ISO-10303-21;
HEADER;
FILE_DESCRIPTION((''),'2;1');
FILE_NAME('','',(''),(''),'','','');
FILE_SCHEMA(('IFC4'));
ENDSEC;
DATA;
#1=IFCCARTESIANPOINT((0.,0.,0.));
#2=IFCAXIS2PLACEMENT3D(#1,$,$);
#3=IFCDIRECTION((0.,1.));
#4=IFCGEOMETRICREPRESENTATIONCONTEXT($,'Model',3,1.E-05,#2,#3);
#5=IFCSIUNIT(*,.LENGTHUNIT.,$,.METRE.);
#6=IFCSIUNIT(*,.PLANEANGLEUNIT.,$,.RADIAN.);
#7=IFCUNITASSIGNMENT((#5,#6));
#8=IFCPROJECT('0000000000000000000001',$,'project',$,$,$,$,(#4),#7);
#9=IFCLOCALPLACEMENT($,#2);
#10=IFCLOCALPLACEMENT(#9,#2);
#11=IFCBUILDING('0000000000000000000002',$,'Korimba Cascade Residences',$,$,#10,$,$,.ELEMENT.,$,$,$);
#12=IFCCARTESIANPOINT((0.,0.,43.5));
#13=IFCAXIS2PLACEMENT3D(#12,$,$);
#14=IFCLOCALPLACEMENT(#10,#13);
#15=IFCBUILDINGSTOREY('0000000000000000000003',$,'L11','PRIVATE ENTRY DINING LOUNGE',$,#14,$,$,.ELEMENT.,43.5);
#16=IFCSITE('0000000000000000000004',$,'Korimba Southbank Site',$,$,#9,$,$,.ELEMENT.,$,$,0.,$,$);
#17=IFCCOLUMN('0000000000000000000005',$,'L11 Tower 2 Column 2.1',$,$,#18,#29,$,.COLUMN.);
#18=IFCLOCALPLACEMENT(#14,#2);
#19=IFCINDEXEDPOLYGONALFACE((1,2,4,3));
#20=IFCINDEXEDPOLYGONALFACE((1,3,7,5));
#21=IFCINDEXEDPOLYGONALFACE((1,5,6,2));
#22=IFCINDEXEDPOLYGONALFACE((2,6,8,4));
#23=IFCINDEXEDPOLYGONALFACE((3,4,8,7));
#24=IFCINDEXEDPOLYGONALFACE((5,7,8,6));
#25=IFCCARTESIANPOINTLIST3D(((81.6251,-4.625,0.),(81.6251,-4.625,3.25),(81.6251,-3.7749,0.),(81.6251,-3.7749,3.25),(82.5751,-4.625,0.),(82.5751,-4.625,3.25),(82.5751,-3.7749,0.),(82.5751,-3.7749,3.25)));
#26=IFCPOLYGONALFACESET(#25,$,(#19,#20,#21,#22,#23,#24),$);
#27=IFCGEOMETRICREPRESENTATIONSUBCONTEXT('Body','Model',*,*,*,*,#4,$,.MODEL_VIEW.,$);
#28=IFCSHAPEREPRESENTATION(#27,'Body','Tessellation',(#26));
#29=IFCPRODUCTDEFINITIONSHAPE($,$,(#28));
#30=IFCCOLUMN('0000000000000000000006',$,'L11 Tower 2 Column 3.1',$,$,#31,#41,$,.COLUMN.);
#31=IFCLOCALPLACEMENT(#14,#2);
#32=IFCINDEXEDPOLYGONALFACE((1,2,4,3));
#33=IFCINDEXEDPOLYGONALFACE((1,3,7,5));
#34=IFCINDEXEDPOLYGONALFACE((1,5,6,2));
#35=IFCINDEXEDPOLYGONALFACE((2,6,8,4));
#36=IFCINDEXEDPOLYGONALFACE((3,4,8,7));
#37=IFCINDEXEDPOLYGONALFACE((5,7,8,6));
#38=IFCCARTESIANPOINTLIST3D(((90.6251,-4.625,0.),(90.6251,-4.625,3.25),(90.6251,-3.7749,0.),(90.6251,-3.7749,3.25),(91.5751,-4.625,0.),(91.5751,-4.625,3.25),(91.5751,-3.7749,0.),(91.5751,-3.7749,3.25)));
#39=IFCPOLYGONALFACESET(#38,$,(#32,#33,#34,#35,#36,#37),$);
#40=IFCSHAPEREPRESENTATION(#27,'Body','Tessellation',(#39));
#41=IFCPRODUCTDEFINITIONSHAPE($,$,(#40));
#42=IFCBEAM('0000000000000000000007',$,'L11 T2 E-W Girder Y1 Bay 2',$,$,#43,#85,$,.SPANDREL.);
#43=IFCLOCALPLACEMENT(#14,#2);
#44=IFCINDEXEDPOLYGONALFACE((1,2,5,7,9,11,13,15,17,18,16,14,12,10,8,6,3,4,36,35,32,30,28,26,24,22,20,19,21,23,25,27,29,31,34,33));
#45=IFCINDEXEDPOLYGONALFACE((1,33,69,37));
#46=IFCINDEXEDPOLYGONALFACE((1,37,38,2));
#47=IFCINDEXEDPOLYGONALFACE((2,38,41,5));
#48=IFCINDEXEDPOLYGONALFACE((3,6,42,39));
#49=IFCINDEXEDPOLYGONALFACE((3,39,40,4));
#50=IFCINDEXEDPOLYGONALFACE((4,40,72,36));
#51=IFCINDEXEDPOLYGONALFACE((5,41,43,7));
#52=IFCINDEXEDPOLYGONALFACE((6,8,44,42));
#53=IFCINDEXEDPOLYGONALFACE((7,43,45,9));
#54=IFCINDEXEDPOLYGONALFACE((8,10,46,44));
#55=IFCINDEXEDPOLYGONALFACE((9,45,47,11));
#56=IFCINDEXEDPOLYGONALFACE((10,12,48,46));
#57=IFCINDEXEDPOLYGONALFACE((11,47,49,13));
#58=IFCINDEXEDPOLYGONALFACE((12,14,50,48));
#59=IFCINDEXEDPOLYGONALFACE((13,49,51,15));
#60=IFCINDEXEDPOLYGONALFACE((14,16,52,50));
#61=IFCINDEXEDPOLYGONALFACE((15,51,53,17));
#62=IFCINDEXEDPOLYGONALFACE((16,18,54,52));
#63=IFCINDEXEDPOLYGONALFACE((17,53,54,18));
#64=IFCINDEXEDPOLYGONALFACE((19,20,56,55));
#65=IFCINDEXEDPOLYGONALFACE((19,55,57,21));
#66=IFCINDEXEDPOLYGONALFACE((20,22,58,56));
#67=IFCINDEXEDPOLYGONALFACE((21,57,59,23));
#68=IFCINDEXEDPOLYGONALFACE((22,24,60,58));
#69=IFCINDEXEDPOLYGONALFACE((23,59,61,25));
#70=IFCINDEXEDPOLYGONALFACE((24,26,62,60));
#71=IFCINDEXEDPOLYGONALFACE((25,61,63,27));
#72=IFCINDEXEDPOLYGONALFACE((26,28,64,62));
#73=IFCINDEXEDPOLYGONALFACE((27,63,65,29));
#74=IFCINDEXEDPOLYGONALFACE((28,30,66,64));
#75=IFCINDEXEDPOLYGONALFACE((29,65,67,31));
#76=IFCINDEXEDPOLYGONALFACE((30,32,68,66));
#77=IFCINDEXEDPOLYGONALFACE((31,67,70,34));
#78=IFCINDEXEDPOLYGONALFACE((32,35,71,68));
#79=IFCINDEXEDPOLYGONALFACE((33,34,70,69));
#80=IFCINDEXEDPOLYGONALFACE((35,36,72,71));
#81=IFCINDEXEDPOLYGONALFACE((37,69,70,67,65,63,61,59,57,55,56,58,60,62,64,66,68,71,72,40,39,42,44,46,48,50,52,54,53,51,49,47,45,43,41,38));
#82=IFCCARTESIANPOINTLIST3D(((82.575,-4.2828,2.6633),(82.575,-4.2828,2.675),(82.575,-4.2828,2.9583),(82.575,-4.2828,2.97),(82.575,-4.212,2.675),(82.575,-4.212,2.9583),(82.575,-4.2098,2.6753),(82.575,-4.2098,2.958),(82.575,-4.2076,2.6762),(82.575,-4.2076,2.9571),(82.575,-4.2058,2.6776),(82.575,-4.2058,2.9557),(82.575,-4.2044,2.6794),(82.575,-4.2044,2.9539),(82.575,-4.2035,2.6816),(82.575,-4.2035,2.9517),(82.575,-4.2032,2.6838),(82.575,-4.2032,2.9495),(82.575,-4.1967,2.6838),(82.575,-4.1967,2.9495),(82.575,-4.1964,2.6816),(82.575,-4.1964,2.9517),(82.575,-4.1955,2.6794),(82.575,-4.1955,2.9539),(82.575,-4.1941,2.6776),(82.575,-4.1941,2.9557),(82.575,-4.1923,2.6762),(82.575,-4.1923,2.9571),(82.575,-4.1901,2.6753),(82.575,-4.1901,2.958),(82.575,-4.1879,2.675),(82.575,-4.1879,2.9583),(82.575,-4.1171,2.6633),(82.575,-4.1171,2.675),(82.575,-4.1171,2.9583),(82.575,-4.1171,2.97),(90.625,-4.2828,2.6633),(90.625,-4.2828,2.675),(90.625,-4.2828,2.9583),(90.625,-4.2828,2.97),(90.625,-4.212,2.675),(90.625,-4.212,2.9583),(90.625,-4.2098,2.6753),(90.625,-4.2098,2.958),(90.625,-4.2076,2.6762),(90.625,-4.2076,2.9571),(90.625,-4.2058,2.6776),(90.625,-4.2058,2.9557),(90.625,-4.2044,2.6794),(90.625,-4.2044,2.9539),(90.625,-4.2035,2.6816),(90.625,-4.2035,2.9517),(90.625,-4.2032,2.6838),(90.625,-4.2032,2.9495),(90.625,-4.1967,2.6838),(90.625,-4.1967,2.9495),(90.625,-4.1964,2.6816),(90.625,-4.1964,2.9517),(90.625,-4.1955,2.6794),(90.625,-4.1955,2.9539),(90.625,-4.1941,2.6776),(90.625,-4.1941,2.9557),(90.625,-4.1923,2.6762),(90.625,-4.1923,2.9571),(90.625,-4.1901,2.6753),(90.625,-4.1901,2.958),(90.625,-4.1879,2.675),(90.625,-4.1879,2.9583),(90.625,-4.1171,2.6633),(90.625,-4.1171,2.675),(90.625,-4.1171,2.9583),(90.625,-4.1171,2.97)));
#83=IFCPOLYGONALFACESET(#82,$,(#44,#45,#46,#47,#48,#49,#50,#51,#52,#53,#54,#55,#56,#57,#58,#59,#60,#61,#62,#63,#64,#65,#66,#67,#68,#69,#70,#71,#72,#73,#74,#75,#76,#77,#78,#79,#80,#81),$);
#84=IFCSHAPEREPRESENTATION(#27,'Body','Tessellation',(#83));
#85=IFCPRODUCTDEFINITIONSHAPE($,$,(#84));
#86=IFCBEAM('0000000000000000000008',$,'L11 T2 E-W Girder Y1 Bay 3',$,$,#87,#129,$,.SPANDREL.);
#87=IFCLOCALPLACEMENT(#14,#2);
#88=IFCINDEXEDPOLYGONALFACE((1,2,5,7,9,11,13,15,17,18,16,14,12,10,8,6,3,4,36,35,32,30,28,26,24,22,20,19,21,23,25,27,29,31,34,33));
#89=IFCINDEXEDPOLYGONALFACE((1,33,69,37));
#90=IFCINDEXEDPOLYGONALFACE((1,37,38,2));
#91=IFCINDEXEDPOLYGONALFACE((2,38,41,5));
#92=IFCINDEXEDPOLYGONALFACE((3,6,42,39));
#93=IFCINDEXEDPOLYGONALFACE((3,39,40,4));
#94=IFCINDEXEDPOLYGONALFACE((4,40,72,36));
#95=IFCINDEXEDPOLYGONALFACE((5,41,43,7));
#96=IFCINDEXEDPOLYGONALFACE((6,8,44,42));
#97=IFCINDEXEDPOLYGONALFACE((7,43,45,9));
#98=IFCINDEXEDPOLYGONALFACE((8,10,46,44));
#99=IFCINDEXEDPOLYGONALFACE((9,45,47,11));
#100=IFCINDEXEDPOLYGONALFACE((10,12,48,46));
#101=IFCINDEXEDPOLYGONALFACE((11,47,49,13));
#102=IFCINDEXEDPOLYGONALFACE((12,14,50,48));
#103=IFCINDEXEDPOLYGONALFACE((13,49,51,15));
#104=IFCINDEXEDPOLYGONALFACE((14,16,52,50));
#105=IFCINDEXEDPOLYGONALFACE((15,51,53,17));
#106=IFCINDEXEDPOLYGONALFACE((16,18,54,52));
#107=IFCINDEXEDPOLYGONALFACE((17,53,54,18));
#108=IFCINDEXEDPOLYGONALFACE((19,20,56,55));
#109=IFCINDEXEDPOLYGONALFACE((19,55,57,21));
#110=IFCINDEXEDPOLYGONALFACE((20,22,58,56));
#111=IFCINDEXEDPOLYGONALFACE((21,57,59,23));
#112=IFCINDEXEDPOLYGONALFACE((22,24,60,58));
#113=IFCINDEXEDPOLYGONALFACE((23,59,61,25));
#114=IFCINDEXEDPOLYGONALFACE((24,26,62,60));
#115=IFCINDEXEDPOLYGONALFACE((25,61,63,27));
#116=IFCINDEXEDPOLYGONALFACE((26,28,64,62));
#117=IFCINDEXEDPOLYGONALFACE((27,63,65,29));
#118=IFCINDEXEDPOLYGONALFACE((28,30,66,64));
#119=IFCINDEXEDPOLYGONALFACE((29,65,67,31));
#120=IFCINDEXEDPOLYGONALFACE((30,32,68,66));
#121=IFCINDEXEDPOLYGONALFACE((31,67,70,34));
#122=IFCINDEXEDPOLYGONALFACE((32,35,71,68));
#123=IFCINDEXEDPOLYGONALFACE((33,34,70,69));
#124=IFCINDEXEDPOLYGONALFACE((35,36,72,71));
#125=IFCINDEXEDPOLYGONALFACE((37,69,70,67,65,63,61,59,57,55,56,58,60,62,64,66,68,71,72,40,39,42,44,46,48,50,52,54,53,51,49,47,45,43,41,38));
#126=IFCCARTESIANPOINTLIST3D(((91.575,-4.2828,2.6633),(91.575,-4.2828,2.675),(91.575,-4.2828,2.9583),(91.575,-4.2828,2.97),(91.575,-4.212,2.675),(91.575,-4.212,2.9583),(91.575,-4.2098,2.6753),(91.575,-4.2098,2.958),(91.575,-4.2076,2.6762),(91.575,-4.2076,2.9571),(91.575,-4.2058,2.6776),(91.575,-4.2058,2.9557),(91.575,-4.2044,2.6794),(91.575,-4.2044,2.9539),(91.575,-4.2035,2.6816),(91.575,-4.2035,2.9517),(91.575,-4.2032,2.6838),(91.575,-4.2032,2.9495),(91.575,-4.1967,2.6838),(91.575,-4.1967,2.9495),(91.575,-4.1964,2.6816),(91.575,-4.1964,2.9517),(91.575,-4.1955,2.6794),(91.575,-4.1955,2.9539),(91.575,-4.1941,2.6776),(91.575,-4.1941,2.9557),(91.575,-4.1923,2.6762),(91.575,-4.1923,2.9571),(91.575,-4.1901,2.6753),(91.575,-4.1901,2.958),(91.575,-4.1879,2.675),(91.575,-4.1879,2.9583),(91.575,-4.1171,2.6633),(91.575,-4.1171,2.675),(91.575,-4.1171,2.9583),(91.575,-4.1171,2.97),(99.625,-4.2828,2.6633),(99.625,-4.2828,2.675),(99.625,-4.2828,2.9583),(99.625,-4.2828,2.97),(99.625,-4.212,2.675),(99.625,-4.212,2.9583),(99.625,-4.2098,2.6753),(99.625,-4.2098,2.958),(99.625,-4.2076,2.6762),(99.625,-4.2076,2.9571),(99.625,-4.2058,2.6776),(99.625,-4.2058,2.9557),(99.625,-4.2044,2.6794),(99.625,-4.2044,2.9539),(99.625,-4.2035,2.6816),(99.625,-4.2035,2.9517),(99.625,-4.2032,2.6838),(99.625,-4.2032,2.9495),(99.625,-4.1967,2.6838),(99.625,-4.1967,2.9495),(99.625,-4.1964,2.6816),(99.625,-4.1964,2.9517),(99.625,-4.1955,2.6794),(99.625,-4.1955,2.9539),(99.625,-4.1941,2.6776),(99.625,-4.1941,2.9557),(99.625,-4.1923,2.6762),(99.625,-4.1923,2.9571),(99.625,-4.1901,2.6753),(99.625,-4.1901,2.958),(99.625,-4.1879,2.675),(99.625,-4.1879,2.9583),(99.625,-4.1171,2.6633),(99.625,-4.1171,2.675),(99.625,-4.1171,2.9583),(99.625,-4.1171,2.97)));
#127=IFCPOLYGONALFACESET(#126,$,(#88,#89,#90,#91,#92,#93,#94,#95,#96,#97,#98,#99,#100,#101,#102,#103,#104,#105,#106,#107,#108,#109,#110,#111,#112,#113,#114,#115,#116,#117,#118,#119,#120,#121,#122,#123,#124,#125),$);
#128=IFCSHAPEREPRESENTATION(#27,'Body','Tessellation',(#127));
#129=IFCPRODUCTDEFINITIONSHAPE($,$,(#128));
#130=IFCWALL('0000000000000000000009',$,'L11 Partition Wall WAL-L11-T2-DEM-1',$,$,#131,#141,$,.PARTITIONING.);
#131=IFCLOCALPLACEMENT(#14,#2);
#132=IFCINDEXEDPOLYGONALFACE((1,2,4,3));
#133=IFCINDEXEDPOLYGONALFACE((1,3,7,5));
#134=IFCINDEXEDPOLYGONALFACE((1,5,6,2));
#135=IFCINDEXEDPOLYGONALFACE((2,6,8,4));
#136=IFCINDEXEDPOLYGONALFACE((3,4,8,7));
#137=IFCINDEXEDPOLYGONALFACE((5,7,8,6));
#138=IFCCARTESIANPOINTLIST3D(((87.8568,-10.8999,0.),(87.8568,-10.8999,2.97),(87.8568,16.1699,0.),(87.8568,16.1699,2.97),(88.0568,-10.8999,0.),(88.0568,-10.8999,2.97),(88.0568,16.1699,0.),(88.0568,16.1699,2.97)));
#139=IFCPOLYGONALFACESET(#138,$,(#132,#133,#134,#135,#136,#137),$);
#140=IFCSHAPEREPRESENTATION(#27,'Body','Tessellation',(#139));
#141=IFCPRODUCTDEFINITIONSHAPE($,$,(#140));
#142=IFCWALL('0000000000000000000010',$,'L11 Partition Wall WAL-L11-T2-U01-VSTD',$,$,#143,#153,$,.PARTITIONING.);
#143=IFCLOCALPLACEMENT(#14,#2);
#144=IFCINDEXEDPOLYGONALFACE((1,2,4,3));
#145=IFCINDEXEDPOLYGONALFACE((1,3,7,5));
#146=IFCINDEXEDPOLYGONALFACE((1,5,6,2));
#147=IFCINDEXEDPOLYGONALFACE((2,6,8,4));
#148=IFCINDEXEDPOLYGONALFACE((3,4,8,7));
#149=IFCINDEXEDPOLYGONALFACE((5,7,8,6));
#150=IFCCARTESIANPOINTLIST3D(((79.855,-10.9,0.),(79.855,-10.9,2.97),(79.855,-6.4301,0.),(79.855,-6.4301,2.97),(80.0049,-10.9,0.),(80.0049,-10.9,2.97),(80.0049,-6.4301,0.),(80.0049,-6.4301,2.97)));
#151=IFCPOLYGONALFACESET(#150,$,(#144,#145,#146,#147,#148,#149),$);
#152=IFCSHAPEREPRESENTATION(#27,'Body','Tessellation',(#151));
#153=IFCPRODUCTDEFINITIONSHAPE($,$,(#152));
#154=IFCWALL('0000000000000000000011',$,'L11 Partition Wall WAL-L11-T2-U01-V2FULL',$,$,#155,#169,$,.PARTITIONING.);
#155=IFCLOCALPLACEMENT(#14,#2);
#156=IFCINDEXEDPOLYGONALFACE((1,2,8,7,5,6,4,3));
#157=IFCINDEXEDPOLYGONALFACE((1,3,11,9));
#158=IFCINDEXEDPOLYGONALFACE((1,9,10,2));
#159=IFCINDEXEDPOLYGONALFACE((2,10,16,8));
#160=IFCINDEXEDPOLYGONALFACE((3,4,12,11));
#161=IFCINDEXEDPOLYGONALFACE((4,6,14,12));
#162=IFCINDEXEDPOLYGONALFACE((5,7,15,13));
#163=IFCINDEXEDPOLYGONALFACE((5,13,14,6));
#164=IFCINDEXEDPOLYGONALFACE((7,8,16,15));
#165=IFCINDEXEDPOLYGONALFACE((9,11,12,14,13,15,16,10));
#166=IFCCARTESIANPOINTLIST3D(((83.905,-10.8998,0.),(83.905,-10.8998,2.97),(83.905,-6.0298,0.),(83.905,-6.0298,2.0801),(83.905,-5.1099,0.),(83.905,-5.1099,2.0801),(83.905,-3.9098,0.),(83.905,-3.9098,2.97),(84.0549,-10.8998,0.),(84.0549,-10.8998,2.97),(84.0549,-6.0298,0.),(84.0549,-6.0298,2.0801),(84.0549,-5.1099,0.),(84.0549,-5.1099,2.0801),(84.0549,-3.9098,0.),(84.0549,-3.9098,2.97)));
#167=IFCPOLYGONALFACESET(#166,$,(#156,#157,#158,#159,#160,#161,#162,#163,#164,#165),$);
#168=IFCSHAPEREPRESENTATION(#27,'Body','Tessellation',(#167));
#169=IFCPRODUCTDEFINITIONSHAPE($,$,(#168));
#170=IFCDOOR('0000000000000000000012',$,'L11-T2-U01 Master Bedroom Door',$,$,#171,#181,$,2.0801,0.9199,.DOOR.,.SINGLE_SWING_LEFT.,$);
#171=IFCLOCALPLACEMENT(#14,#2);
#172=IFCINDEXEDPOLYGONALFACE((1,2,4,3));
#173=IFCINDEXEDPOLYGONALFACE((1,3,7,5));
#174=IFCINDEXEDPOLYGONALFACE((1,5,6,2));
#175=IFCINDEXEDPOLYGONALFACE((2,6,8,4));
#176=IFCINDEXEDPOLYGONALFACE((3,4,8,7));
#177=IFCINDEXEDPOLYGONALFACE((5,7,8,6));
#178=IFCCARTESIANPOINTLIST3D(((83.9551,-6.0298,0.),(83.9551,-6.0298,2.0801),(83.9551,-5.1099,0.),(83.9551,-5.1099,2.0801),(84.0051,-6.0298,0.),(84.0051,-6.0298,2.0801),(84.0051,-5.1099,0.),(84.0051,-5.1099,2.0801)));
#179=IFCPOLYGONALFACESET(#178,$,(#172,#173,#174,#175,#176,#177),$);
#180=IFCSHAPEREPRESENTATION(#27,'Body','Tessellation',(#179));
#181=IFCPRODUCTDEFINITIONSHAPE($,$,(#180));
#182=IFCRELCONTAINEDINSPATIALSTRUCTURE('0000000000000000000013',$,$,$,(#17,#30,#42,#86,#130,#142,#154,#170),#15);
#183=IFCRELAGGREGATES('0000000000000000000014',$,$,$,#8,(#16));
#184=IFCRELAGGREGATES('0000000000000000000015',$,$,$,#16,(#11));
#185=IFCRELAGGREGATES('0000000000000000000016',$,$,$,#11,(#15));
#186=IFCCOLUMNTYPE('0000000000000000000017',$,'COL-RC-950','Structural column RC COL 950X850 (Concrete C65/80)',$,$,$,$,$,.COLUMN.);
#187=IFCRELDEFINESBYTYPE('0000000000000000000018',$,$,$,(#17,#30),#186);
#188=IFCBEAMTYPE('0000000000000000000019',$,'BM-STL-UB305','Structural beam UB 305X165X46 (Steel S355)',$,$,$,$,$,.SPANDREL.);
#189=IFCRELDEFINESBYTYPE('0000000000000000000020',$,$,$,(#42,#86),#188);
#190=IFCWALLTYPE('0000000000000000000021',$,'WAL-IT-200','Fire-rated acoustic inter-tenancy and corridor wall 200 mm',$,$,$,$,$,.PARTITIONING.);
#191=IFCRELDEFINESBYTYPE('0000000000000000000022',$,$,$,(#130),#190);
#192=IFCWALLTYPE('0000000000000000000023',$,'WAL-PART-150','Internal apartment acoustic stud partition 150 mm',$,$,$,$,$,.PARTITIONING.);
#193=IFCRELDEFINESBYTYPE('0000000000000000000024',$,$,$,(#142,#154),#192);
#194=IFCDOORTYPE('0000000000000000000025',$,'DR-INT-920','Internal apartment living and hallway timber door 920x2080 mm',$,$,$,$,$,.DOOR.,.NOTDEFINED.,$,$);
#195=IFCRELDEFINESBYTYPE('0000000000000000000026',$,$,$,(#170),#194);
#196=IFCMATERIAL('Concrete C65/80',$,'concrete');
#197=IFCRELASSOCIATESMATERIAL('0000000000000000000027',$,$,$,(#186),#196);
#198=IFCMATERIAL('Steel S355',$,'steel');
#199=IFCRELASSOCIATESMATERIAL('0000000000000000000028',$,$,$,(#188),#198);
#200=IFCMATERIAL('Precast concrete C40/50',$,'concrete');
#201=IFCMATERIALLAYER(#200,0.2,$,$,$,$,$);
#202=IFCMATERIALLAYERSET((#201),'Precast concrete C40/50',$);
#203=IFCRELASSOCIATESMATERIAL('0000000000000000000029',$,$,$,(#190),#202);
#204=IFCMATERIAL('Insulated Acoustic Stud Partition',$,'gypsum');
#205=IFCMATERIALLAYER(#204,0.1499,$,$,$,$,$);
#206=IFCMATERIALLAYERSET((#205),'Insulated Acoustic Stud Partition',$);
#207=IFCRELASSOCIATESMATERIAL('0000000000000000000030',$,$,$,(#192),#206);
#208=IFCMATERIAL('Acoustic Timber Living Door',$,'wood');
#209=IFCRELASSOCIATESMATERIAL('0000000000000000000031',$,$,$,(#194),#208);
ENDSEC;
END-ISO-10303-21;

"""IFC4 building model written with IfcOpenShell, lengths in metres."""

from ifc_helpers import new_model, si_unit, direction, frame, frame_2d, origin, origin_2d, place, context, subcontext, project, spatial, rectangle, i_section, extrude, material, layer, layer_set, material_profile, profile_set, type_object, element, fill, save


model = new_model("IFC4")

# Units and contexts
model_context = context("Model", 3, precision=1e-05, world=origin(), true_north=direction((0.0, 1.0)))
body_context = subcontext(model_context, "Body", "Model", "MODEL_VIEW")
ifc_project = project(units=[si_unit("LENGTHUNIT", "METRE"), si_unit("PLANEANGLEUNIT", "RADIAN")], contexts=[model_context])

# Site, building, storey
site_placement = place(None, origin())
site = spatial("IfcSite", under=ifc_project, at=site_placement, Name="Korimba Southbank Site", CompositionType="ELEMENT", RefElevation=0.0)
building_placement = place(site_placement, origin())
building = spatial("IfcBuilding", under=site, at=building_placement, Name="Korimba Cascade Residences", CompositionType="ELEMENT")
storey_placement = place(building_placement, frame((0.0, 0.0, 43.5)))
storey = spatial("IfcBuildingStorey", under=building, at=storey_placement, Name="L11", Description="PRIVATE ENTRY DINING LOUNGE", CompositionType="ELEMENT", Elevation=43.5)

# Columns
ifc_material_1 = material(Name="Concrete C65/80", Category="concrete")
ifc_material_profile_1 = material_profile(ifc_material_1, rectangle(XDim=0.95, YDim=0.8501, at=origin_2d()), Name="Concrete C65/80")
ifc_profile_set_1 = profile_set([ifc_material_profile_1], Name="Concrete C65/80")
column_type = type_object("IfcColumnType", Name="COL-RC-950", Description="Structural column RC COL 950X850 (Concrete C65/80)", PredefinedType="COLUMN", material=ifc_profile_set_1)
for number, where, z_axis, x_axis, name in (
    (1, (82.1001, -4.2, 0.0), (0.0, 0.0, 1.0), (1.0, 0.0, 0.0), "L11 Tower 2 Column 2.1"),
    (2, (91.1001, -4.2, 0.0), (0.0, 0.0, 1.0), (1.0, 0.0, 0.0), "L11 Tower 2 Column 3.1"),
):
    element("IfcColumn", number, at=place(storey_placement, frame(where, z_axis=z_axis, x_axis=x_axis)), inside=storey, type_object=column_type, Name=name, PredefinedType="COLUMN", context=body_context, shape_type="SweptSolid", body=[
        extrude(rectangle(XDim=0.95, YDim=0.8501, at=origin_2d()), origin(), (0.0, 0.0, 1.0), 3.25),
    ])

# Beams
ifc_material_2 = material(Name="Steel S355", Category="steel")
ifc_material_profile_2 = material_profile(ifc_material_2, i_section(OverallWidth=0.1658, OverallDepth=0.3066, WebThickness=0.0066, FlangeThickness=0.0117, FilletRadius=0.0088, at=origin_2d()), Name="Steel S355")
ifc_profile_set_2 = profile_set([ifc_material_profile_2], Name="Steel S355")
beam_type = type_object("IfcBeamType", Name="BM-STL-UB305", Description="Structural beam UB 305X165X46 (Steel S355)", PredefinedType="SPANDREL", material=ifc_profile_set_2)
for number, where, z_axis, x_axis, name in (
    (3, (82.575, -4.2, 2.8167), (1.0, 0.0, 0.0), (0.0, 1.0, 0.0), "L11 T2 E-W Girder Y1 Bay 2"),
    (4, (91.575, -4.2, 2.8167), (1.0, 0.0, 0.0), (0.0, 1.0, 0.0), "L11 T2 E-W Girder Y1 Bay 3"),
):
    element("IfcBeam", number, at=place(storey_placement, frame(where, z_axis=z_axis, x_axis=x_axis)), inside=storey, type_object=beam_type, Name=name, PredefinedType="SPANDREL", context=body_context, shape_type="SweptSolid", body=[
        extrude(i_section(OverallWidth=0.1658, OverallDepth=0.3066, WebThickness=0.0066, FlangeThickness=0.0117, FilletRadius=0.0088, at=origin_2d()), origin(), (0.0, 0.0, 1.0), 8.05),
    ])

# Walls
ifc_material_3 = material(Name="Precast concrete C40/50", Category="concrete")
ifc_layer_1 = layer(ifc_material_3, 0.2)
ifc_layer_set_1 = layer_set([ifc_layer_1], Name="Precast concrete C40/50")
wall_type_1 = type_object("IfcWallType", Name="WAL-IT-200", Description="Fire-rated acoustic inter-tenancy and corridor wall 200 mm", PredefinedType="PARTITIONING", material=ifc_layer_set_1)
wall_1_placement = place(storey_placement, frame((87.9568, -10.8999, 0.0), z_axis=(0.0, 0.0, 1.0), x_axis=(0.0, 1.0, 0.0)))
element("IfcWall", 5, at=wall_1_placement, inside=storey, type_object=wall_type_1, Name="L11 Partition Wall WAL-L11-T2-DEM-1", PredefinedType="PARTITIONING", context=body_context, shape_type="SweptSolid", body=[
    extrude(rectangle(XDim=27.0698, YDim=0.2, at=frame_2d((13.5349, 0.0))), origin(), (0.0, 0.0, 1.0), 2.97),
])
ifc_material_4 = material(Name="Insulated Acoustic Stud Partition", Category="gypsum")
ifc_layer_2 = layer(ifc_material_4, 0.1499)
ifc_layer_set_2 = layer_set([ifc_layer_2], Name="Insulated Acoustic Stud Partition")
wall_type_2 = type_object("IfcWallType", Name="WAL-PART-150", Description="Internal apartment acoustic stud partition 150 mm", PredefinedType="PARTITIONING", material=ifc_layer_set_2)
wall_2_placement = place(storey_placement, frame((79.9299, -10.8999, 0.0), z_axis=(0.0, 0.0, 1.0), x_axis=(0.0, 1.0, 0.0)))
element("IfcWall", 6, at=wall_2_placement, inside=storey, type_object=wall_type_2, Name="L11 Partition Wall WAL-L11-T2-U01-VSTD", PredefinedType="PARTITIONING", context=body_context, shape_type="SweptSolid", body=[
    extrude(rectangle(XDim=4.47, YDim=0.1499, at=frame_2d((2.2349, 0.0))), origin(), (0.0, 0.0, 1.0), 2.97),
])

# Wall, opening, door
wall_3_placement = place(storey_placement, frame((83.98, -10.8999, 0.0), z_axis=(0.0, 0.0, 1.0), x_axis=(0.0, 1.0, 0.0)))
wall_3 = element("IfcWall", 7, at=wall_3_placement, inside=storey, type_object=wall_type_2, Name="L11 Partition Wall WAL-L11-T2-U01-V2FULL", PredefinedType="PARTITIONING", context=body_context, shape_type="SweptSolid", body=[
    extrude(rectangle(XDim=6.99, YDim=0.1499, at=frame_2d((3.4951, 0.0))), origin(), (0.0, 0.0, 1.0), 2.97),
])
opening_1_placement = place(wall_3_placement, frame((4.8701, 0.0, 0.0)))
opening_1 = element("IfcOpeningElement", 8, at=opening_1_placement, cuts=wall_3, PredefinedType="OPENING", context=body_context, shape_type="SweptSolid", body=[
    extrude(rectangle(XDim=0.9199, YDim=2.0801, at=frame_2d((0.46, 1.04))), frame((0.0, 0.085, 0.0), z_axis=(0.0, -1.0, 0.0), x_axis=(1.0, 0.0, 0.0)), (0.0, 0.0, 1.0), 0.1699),
])
ifc_material_5 = material(Name="Acoustic Timber Living Door", Category="wood")
door_type_1 = type_object("IfcDoorType", Name="DR-INT-920", Description="Internal apartment living and hallway timber door 920x2080 mm", OperationType="NOTDEFINED", PredefinedType="DOOR", material=ifc_material_5)
door_1_placement = place(opening_1_placement, origin())
door_1 = element("IfcDoor", 9, at=door_1_placement, inside=storey, type_object=door_type_1, Name="L11-T2-U01 Master Bedroom Door", OperationType="SINGLE_SWING_LEFT", OverallHeight=2.0801, OverallWidth=0.9199, PredefinedType="DOOR", context=body_context, shape_type="SweptSolid", body=[
    extrude(rectangle(XDim=0.9199, YDim=2.0801, at=frame_2d((0.46, 1.04))), frame((0.0, 0.0249, 0.0), z_axis=(0.0, -1.0, 0.0), x_axis=(1.0, 0.0, 0.0)), (0.0, 0.0, 1.0), 0.05),
])
fill(opening_1, door_1)

save(model, "model.ifc")
